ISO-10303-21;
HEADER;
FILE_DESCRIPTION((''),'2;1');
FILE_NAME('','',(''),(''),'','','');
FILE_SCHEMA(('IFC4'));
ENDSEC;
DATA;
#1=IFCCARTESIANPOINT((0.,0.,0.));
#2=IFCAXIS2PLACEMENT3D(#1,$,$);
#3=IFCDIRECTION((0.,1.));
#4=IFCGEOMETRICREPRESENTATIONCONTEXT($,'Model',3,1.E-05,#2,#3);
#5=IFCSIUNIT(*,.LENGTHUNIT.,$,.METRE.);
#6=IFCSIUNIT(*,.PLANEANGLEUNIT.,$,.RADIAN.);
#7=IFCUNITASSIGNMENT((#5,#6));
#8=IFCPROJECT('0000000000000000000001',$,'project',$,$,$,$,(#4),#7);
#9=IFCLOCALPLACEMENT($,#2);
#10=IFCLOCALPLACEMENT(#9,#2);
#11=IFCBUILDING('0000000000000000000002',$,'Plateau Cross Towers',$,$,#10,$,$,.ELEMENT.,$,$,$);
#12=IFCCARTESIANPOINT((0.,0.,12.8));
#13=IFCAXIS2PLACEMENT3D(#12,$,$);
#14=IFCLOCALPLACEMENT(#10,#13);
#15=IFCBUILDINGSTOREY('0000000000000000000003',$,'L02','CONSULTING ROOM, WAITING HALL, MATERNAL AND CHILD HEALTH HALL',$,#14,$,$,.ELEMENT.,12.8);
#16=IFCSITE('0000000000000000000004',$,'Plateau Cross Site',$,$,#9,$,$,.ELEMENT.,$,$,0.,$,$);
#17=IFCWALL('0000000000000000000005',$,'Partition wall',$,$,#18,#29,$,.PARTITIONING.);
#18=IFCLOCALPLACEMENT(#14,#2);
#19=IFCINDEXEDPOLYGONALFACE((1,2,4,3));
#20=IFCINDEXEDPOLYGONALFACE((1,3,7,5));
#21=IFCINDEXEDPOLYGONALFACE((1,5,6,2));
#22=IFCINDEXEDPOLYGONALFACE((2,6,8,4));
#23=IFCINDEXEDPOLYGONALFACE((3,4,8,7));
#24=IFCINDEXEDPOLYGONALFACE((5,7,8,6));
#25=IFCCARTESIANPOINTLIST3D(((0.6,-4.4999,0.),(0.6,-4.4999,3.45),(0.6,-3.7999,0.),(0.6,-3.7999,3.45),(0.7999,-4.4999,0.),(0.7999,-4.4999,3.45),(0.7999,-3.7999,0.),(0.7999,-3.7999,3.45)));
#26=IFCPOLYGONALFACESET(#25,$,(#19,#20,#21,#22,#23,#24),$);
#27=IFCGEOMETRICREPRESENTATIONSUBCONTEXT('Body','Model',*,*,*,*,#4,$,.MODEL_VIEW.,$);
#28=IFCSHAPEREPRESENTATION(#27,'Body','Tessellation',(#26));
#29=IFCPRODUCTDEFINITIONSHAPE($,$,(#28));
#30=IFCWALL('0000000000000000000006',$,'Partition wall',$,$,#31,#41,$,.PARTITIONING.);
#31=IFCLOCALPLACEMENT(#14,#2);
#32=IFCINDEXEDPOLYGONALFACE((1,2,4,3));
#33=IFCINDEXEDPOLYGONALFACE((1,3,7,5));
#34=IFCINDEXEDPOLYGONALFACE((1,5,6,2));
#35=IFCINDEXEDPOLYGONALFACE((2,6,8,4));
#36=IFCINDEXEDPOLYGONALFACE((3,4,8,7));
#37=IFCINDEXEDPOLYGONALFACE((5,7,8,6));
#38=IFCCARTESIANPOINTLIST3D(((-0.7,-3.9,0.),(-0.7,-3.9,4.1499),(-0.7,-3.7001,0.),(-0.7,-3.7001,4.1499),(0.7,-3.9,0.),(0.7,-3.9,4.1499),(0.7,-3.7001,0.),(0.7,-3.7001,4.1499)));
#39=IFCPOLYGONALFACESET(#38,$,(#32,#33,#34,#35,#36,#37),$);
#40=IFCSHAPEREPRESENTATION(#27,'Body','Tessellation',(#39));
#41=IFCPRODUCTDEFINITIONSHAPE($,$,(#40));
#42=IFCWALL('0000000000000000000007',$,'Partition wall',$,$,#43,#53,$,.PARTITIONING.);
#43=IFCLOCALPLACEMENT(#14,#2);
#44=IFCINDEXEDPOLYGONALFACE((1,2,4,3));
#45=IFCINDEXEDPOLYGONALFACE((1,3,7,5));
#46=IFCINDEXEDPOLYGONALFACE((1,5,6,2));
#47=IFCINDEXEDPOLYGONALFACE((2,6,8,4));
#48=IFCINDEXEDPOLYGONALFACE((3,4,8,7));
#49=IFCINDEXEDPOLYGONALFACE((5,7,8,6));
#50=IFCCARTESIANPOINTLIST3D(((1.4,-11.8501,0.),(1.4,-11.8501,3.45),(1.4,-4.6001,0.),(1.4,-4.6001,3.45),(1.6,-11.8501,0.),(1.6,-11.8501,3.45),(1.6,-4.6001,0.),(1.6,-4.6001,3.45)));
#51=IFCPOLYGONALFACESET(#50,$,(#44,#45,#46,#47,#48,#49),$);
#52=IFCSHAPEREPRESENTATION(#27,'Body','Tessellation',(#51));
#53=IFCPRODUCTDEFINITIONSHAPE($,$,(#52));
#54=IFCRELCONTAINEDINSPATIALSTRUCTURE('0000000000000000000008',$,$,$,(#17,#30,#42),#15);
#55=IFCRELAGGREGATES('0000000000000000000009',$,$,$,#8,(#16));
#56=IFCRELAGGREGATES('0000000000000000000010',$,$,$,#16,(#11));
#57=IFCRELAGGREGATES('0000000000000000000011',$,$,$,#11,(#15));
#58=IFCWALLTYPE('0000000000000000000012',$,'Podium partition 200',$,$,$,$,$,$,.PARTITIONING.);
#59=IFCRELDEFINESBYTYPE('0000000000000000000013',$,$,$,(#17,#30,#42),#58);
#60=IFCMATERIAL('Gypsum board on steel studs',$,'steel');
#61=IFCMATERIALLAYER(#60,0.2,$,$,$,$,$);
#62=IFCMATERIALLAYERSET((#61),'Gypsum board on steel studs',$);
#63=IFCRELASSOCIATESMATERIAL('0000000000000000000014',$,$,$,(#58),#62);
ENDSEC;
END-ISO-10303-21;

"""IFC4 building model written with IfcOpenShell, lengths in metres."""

from ifc_helpers import new_model, si_unit, direction, frame, frame_2d, origin, place, context, subcontext, project, spatial, rectangle, extrude, material, layer, layer_set, type_object, element, save


model = new_model("IFC4")

# Units and contexts
model_context = context("Model", 3, precision=1e-05, world=origin(), true_north=direction((0.0, 1.0)))
body_context = subcontext(model_context, "Body", "Model", "MODEL_VIEW")
ifc_project = project(units=[si_unit("LENGTHUNIT", "METRE"), si_unit("PLANEANGLEUNIT", "RADIAN")], contexts=[model_context])

# Site, building, storey
site_placement = place(None, origin())
site = spatial("IfcSite", under=ifc_project, at=site_placement, Name="Plateau Cross Site", CompositionType="ELEMENT", RefElevation=0.0)
building_placement = place(site_placement, origin())
building = spatial("IfcBuilding", under=site, at=building_placement, Name="Plateau Cross Towers", CompositionType="ELEMENT")
storey_placement = place(building_placement, frame((0.0, 0.0, 12.8)))
storey = spatial("IfcBuildingStorey", under=building, at=storey_placement, Name="L02", Description="CONSULTING ROOM, WAITING HALL, MATERNAL AND CHILD HEALTH HALL", CompositionType="ELEMENT", Elevation=12.8)

# Shared definitions
ifc_material_1 = material(Name="Gypsum board on steel studs", Category="steel")
ifc_layer_1 = layer(ifc_material_1, 0.2)
ifc_layer_set_1 = layer_set([ifc_layer_1], Name="Gypsum board on steel studs")
wall_type = type_object("IfcWallType", Name="Podium partition 200", PredefinedType="PARTITIONING", material=ifc_layer_set_1)

# Walls
wall_1_placement = place(storey_placement, frame((0.7, -4.5, 0.0), z_axis=(0.0, 0.0, 1.0), x_axis=(0.0, 1.0, 0.0)))
element("IfcWall", 1, at=wall_1_placement, inside=storey, type_object=wall_type, Name="Partition wall", PredefinedType="PARTITIONING", context=body_context, shape_type="SweptSolid", body=[
    extrude(rectangle(XDim=0.7, YDim=0.2, at=frame_2d((0.3501, 0.0))), origin(), (0.0, 0.0, 1.0), 3.45),
])
wall_2_placement = place(storey_placement, frame((0.7, -3.8, 0.0), z_axis=(0.0, 0.0, 1.0), x_axis=(-1.0, 0.0, 0.0)))
element("IfcWall", 2, at=wall_2_placement, inside=storey, type_object=wall_type, Name="Partition wall", PredefinedType="PARTITIONING", context=body_context, shape_type="SweptSolid", body=[
    extrude(rectangle(XDim=1.3999, YDim=0.2, at=frame_2d((0.7, 0.0))), origin(), (0.0, 0.0, 1.0), 4.1499),
])
wall_3_placement = place(storey_placement, frame((1.5, -4.6001, 0.0), z_axis=(0.0, 0.0, 1.0), x_axis=(0.0, -1.0, 0.0)))
element("IfcWall", 3, at=wall_3_placement, inside=storey, type_object=wall_type, Name="Partition wall", PredefinedType="PARTITIONING", context=body_context, shape_type="SweptSolid", body=[
    extrude(rectangle(XDim=7.25, YDim=0.2, at=frame_2d((3.625, 0.0))), origin(), (0.0, 0.0, 1.0), 3.45),
])

save(model, "model.ifc")
